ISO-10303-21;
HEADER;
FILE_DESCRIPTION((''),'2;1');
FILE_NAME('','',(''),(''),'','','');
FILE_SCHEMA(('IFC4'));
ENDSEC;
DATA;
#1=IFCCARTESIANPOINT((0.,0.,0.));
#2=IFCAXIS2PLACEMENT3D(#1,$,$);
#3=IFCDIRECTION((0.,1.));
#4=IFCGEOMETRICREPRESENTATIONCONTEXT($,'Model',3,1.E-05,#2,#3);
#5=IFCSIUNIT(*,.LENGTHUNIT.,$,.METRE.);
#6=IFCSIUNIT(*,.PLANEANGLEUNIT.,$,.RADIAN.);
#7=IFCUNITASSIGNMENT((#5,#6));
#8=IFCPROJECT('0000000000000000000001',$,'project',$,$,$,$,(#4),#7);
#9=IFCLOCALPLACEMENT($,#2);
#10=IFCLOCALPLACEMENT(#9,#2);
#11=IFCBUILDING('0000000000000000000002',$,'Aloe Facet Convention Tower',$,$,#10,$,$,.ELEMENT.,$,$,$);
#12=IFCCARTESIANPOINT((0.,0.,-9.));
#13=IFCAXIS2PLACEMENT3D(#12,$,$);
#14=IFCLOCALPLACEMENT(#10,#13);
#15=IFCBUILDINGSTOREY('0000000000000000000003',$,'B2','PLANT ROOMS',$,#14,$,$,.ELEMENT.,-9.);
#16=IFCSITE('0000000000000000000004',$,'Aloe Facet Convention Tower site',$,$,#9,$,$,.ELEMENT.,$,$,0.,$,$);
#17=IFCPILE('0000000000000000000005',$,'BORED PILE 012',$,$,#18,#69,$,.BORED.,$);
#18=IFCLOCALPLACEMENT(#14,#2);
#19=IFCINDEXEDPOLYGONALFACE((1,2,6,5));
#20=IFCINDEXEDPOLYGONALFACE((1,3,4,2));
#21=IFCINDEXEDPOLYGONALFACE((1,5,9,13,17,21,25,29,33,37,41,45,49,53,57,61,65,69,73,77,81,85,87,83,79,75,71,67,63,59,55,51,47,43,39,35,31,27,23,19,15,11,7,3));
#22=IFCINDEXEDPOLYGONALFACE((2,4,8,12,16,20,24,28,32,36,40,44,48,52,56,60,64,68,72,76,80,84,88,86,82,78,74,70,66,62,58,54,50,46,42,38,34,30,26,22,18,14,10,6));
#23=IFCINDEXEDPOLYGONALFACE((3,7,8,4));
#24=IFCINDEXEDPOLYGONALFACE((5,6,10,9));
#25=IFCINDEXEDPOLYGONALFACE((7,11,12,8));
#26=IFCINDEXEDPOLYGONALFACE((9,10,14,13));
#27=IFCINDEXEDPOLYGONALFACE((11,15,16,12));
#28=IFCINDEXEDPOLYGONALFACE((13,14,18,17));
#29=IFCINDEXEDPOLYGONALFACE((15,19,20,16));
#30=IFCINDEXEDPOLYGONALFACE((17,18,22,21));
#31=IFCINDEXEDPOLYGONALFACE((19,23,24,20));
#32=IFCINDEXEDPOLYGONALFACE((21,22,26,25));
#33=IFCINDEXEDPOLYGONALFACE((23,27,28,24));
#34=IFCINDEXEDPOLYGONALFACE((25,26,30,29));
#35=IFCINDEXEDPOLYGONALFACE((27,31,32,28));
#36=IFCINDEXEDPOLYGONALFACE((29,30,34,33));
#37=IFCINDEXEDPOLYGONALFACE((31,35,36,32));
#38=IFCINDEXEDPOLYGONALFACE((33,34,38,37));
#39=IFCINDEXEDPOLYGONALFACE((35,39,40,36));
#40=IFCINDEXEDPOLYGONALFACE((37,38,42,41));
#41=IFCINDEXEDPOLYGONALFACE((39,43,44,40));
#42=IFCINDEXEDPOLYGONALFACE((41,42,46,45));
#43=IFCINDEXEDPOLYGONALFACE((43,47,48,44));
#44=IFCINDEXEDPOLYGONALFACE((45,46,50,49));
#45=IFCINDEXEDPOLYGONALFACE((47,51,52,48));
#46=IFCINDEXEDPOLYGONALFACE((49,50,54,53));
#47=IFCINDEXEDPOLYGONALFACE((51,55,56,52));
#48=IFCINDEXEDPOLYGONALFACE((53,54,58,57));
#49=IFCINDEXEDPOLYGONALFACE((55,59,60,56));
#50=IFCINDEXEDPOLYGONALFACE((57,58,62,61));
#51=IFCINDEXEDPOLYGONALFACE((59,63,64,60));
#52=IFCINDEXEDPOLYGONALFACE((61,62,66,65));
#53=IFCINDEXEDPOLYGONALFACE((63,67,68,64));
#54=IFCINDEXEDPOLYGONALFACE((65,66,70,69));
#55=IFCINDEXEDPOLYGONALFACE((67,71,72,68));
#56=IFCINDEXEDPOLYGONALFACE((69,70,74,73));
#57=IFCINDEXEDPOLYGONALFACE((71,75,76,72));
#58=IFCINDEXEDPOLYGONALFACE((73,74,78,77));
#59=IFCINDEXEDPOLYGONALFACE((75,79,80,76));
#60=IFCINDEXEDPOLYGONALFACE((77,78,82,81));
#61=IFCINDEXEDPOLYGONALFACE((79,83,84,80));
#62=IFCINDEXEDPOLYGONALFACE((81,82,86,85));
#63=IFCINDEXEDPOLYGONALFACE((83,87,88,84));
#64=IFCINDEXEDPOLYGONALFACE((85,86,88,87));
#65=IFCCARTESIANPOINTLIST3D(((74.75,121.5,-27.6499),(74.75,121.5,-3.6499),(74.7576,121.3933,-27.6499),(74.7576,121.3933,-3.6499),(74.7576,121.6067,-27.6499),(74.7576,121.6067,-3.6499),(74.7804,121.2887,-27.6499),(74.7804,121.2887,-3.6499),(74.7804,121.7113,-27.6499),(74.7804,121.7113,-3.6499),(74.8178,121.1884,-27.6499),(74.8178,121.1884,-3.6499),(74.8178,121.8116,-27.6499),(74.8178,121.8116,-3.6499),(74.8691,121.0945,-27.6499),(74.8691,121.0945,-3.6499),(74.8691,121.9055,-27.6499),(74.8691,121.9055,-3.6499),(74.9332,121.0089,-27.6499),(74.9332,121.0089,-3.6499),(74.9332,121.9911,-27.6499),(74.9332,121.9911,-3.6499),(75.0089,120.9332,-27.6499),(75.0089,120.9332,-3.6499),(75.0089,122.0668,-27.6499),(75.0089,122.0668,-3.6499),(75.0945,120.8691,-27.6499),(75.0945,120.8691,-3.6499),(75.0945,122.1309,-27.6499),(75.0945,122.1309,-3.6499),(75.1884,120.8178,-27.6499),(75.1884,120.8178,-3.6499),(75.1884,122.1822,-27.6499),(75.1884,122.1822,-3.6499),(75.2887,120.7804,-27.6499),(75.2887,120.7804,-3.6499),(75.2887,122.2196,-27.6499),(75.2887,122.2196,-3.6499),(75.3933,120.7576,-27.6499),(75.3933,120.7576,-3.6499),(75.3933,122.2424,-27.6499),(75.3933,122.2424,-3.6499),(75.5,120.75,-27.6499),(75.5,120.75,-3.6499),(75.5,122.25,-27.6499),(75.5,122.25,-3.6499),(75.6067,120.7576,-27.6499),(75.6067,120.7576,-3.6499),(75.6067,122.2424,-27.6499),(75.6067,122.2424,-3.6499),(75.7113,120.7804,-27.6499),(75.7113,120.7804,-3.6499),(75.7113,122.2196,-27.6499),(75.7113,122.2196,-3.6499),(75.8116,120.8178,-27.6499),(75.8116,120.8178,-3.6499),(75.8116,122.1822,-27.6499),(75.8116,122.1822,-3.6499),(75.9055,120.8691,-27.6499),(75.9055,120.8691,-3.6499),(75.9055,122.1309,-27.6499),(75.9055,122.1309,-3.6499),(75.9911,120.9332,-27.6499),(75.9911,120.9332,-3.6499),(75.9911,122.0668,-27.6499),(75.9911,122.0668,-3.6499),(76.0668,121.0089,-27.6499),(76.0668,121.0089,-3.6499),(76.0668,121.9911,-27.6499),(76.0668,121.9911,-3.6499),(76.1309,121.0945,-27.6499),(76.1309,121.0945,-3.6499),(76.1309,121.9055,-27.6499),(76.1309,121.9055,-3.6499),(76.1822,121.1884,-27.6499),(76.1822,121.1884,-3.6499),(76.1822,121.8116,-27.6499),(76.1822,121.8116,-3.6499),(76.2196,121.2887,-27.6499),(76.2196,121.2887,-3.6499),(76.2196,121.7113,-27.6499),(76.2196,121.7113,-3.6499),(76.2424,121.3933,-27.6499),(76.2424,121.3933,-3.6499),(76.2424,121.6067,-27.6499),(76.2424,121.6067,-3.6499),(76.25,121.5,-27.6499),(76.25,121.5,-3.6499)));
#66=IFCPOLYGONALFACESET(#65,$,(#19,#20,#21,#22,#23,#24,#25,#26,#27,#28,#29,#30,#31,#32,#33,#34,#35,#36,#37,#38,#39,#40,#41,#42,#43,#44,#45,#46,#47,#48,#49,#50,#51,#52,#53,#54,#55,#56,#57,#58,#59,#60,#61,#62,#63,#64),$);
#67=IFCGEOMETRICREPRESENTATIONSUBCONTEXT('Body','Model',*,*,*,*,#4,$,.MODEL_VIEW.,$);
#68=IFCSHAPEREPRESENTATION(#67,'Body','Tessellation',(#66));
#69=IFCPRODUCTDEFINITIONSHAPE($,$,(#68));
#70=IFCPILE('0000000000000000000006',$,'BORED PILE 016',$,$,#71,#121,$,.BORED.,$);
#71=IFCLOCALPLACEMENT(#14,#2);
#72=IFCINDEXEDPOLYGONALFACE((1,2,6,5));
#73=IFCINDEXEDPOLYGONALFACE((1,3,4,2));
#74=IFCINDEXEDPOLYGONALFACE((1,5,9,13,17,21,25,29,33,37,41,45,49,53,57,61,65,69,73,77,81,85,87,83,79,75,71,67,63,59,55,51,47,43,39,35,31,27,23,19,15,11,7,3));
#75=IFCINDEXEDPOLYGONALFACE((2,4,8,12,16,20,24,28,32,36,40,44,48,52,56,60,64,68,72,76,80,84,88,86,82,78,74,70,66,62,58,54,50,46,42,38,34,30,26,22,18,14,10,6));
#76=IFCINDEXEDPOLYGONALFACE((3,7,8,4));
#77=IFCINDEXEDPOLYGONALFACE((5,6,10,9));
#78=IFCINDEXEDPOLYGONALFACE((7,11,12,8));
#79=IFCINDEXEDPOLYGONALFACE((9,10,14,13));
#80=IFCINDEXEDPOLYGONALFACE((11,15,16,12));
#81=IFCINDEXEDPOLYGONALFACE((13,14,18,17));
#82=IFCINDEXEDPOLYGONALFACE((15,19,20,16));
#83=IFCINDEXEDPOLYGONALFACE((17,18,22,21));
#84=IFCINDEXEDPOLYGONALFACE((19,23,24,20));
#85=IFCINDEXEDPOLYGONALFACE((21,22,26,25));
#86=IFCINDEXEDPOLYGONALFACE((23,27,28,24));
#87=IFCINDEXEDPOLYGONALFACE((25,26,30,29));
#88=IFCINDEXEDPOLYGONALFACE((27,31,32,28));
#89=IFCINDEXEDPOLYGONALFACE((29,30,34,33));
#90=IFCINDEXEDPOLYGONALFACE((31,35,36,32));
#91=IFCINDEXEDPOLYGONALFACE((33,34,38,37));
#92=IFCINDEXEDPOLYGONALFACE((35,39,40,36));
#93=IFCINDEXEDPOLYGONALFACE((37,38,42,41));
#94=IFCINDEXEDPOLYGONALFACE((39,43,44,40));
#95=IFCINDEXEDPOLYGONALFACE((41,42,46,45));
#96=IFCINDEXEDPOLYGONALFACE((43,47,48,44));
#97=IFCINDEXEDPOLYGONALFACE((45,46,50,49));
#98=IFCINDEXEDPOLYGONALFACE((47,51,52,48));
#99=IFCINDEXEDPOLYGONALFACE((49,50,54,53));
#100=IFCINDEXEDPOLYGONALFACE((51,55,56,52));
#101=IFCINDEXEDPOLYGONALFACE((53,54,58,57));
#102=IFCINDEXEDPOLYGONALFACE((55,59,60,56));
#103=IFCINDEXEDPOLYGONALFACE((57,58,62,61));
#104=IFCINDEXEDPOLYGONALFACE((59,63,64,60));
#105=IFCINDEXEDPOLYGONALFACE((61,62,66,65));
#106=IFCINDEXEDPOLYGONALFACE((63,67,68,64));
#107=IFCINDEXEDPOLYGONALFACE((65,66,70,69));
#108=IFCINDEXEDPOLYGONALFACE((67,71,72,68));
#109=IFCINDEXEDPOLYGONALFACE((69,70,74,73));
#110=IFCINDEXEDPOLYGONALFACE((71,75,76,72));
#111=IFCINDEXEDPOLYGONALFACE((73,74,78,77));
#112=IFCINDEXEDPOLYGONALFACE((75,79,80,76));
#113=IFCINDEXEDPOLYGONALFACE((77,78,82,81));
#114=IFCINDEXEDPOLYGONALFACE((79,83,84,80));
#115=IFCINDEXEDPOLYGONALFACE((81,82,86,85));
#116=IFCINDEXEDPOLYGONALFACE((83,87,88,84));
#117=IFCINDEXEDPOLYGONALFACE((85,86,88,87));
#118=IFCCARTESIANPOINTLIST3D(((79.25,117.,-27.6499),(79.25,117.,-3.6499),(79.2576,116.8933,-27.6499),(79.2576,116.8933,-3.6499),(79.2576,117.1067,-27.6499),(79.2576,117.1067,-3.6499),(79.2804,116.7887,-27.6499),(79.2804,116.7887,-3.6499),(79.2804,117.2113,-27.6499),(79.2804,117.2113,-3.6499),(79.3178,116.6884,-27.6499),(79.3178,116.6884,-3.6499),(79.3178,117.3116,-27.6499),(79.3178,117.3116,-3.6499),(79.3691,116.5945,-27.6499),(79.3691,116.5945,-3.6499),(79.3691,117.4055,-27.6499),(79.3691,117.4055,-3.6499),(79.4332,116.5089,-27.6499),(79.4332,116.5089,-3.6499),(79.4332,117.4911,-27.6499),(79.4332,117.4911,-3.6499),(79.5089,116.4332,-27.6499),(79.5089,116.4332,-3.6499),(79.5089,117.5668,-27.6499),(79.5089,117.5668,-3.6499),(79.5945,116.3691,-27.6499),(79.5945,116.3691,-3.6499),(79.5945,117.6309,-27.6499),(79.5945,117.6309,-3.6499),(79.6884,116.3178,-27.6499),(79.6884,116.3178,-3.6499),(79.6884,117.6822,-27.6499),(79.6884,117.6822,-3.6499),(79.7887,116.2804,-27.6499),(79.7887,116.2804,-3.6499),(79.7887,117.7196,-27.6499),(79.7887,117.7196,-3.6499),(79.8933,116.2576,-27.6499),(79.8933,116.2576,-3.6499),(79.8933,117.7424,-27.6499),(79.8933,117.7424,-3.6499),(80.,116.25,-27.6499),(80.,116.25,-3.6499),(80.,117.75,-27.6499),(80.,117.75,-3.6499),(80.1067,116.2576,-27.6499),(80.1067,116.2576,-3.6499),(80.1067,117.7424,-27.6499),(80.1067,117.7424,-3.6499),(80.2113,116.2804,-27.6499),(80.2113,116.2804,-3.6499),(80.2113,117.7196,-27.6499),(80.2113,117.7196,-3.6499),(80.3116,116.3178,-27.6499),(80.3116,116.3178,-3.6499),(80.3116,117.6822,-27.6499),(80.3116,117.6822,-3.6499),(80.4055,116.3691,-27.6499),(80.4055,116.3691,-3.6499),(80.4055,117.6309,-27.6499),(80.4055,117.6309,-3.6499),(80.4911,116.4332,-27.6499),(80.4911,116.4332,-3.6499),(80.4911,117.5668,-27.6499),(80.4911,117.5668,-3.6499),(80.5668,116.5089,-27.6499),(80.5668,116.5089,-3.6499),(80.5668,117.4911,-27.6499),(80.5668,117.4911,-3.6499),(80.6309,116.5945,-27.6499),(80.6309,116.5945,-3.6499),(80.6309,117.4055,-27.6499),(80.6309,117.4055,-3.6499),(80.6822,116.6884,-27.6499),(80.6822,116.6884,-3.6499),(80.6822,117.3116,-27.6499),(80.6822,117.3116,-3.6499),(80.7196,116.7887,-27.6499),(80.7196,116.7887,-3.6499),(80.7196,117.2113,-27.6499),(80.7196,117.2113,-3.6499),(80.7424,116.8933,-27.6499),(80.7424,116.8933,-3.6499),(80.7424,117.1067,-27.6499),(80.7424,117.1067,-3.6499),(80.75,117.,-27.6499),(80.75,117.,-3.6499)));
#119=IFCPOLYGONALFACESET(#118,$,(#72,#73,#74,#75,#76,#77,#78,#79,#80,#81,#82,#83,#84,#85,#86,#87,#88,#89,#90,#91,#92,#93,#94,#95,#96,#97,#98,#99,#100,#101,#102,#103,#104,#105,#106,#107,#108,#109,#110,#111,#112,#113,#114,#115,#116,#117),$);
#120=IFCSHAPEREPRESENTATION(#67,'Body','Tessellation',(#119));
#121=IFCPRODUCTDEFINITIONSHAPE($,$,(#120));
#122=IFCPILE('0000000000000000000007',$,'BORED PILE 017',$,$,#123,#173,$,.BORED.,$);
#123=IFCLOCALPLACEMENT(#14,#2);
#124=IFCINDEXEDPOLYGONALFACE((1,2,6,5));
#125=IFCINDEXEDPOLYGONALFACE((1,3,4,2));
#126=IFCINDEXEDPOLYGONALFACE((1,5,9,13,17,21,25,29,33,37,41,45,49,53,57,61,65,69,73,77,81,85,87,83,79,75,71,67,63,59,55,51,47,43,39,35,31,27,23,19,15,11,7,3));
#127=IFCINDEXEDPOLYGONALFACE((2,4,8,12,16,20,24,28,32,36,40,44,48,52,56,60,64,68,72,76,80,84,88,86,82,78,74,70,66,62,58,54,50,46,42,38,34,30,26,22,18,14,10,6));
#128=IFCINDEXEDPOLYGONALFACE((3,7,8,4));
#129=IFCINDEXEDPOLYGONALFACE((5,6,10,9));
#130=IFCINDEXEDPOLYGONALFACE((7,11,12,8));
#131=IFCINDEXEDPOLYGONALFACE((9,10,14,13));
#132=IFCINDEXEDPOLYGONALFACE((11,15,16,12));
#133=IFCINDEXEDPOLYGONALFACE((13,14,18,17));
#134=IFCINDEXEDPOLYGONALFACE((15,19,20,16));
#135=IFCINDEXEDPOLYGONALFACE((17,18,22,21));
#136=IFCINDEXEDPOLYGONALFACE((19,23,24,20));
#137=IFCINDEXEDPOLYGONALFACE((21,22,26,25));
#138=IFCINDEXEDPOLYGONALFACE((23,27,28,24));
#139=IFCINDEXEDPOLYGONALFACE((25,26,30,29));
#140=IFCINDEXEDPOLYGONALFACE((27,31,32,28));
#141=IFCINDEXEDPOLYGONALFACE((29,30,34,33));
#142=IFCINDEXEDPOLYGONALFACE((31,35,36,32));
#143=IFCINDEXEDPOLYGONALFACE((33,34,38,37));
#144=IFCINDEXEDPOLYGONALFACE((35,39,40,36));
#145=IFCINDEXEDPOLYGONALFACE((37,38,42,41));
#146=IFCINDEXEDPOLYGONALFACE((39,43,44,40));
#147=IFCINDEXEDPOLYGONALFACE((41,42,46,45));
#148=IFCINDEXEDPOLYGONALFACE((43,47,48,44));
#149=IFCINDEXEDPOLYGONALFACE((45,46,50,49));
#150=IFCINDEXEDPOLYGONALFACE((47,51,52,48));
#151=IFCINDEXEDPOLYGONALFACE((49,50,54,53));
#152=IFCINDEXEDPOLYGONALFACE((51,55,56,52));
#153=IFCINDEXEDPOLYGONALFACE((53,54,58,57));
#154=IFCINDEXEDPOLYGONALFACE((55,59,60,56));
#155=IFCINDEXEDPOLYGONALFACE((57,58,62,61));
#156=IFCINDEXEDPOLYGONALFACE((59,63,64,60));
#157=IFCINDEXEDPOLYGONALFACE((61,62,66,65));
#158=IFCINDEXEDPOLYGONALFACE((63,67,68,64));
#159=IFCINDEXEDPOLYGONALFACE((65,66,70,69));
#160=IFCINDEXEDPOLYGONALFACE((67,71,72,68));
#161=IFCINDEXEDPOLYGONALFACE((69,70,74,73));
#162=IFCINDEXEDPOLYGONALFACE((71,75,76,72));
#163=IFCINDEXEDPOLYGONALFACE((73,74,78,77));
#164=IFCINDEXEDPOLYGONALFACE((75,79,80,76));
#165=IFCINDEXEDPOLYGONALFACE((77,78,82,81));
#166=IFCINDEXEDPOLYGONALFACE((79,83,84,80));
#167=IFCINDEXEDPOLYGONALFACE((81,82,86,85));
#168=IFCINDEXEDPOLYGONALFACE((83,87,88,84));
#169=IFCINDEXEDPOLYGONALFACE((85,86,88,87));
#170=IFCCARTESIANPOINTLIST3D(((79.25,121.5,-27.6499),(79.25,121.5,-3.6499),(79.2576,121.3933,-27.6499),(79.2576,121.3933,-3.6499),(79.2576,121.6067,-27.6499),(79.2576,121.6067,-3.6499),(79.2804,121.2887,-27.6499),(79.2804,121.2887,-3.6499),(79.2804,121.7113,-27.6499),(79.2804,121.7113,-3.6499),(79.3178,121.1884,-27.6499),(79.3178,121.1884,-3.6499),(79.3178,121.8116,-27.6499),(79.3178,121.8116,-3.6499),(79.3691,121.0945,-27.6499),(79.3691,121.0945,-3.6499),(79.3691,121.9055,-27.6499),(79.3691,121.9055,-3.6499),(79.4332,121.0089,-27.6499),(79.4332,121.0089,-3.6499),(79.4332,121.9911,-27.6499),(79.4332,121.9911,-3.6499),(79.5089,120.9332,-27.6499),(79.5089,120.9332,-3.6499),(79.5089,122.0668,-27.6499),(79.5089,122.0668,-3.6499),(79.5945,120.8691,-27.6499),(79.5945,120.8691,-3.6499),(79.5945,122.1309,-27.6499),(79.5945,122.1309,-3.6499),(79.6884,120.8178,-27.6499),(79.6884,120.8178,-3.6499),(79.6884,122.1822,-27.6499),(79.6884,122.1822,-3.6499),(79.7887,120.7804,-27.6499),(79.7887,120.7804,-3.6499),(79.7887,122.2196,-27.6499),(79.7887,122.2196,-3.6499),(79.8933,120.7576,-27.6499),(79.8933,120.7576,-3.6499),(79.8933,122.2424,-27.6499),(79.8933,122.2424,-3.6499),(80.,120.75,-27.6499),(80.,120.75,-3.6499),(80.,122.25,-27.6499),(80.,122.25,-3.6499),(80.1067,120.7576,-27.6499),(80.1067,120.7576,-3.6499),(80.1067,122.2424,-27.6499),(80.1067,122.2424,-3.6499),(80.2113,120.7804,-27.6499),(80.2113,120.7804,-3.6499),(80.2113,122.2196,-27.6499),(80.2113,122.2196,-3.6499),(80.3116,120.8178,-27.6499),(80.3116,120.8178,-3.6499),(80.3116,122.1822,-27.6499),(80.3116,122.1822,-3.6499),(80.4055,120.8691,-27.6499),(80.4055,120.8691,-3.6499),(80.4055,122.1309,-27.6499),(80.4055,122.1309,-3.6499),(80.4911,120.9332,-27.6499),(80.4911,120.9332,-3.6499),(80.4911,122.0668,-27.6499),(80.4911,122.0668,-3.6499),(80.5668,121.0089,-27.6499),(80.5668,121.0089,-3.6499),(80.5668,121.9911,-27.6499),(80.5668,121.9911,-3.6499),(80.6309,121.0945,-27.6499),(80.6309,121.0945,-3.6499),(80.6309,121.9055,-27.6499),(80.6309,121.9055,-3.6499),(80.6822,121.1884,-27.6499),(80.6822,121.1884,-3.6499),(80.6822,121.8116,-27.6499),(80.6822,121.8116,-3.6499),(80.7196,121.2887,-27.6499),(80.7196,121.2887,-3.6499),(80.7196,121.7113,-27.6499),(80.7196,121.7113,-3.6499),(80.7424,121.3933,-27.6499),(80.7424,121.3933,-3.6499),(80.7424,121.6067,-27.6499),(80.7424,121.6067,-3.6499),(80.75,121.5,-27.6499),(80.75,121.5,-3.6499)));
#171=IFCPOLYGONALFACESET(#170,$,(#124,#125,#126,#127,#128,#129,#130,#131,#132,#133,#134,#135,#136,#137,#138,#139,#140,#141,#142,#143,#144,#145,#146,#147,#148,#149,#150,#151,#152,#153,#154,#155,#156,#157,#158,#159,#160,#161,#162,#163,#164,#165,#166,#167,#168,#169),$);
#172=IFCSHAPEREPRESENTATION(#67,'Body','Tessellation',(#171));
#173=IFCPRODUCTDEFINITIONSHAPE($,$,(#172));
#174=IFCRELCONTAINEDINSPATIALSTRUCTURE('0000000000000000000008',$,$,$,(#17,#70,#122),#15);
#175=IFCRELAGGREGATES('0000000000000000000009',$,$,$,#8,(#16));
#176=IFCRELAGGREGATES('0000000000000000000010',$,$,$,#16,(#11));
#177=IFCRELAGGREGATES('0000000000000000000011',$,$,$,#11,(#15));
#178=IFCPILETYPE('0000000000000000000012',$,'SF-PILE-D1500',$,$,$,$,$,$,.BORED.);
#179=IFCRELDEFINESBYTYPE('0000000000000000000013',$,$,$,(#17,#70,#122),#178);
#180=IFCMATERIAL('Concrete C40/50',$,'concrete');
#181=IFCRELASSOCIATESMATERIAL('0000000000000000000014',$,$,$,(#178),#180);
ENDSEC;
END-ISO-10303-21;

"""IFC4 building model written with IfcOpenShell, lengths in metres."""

from ifc_helpers import new_model, si_unit, direction, frame, origin, origin_2d, place, context, subcontext, project, spatial, circle, extrude, material, material_profile, profile_set, type_object, element, save


model = new_model("IFC4")

# Units and contexts
model_context = context("Model", 3, precision=1e-05, world=origin(), true_north=direction((0.0, 1.0)))
body_context = subcontext(model_context, "Body", "Model", "MODEL_VIEW")
ifc_project = project(units=[si_unit("LENGTHUNIT", "METRE"), si_unit("PLANEANGLEUNIT", "RADIAN")], contexts=[model_context])

# Site, building, storey
site_placement = place(None, origin())
site = spatial("IfcSite", under=ifc_project, at=site_placement, Name="Aloe Facet Convention Tower site", CompositionType="ELEMENT", RefElevation=0.0)
building_placement = place(site_placement, origin())
building = spatial("IfcBuilding", under=site, at=building_placement, Name="Aloe Facet Convention Tower", CompositionType="ELEMENT")
storey_placement = place(building_placement, frame((0.0, 0.0, -9.0)))
storey = spatial("IfcBuildingStorey", under=building, at=storey_placement, Name="B2", Description="PLANT ROOMS", CompositionType="ELEMENT", Elevation=-9.0)

# Piles
ifc_material_1 = material(Name="Concrete C40/50", Category="concrete")
ifc_material_profile_1 = material_profile(ifc_material_1, circle(Radius=0.75, at=origin_2d()), Name="D1500")
ifc_profile_set_1 = profile_set([ifc_material_profile_1], Name="Concrete C40/50")
pile_type = type_object("IfcPileType", Name="SF-PILE-D1500", PredefinedType="BORED", material=ifc_profile_set_1)
for number, where, z_axis, x_axis, name in (
    (1, (75.5, 121.5, -3.6499), (0.0, 0.0, -1.0), (1.0, 0.0, 0.0), "BORED PILE 012"),
    (2, (80.0, 117.0, -3.6499), (0.0, 0.0, -1.0), (1.0, 0.0, 0.0), "BORED PILE 016"),
    (3, (80.0, 121.5, -3.6499), (0.0, 0.0, -1.0), (1.0, 0.0, 0.0), "BORED PILE 017"),
):
    element("IfcPile", number, at=place(storey_placement, frame(where, z_axis=z_axis, x_axis=x_axis)), inside=storey, type_object=pile_type, Name=name, PredefinedType="BORED", context=body_context, shape_type="SweptSolid", body=[
        extrude(circle(Radius=0.75, at=origin_2d()), origin(), (0.0, 0.0, 1.0), 24.0),
    ])

save(model, "model.ifc")
